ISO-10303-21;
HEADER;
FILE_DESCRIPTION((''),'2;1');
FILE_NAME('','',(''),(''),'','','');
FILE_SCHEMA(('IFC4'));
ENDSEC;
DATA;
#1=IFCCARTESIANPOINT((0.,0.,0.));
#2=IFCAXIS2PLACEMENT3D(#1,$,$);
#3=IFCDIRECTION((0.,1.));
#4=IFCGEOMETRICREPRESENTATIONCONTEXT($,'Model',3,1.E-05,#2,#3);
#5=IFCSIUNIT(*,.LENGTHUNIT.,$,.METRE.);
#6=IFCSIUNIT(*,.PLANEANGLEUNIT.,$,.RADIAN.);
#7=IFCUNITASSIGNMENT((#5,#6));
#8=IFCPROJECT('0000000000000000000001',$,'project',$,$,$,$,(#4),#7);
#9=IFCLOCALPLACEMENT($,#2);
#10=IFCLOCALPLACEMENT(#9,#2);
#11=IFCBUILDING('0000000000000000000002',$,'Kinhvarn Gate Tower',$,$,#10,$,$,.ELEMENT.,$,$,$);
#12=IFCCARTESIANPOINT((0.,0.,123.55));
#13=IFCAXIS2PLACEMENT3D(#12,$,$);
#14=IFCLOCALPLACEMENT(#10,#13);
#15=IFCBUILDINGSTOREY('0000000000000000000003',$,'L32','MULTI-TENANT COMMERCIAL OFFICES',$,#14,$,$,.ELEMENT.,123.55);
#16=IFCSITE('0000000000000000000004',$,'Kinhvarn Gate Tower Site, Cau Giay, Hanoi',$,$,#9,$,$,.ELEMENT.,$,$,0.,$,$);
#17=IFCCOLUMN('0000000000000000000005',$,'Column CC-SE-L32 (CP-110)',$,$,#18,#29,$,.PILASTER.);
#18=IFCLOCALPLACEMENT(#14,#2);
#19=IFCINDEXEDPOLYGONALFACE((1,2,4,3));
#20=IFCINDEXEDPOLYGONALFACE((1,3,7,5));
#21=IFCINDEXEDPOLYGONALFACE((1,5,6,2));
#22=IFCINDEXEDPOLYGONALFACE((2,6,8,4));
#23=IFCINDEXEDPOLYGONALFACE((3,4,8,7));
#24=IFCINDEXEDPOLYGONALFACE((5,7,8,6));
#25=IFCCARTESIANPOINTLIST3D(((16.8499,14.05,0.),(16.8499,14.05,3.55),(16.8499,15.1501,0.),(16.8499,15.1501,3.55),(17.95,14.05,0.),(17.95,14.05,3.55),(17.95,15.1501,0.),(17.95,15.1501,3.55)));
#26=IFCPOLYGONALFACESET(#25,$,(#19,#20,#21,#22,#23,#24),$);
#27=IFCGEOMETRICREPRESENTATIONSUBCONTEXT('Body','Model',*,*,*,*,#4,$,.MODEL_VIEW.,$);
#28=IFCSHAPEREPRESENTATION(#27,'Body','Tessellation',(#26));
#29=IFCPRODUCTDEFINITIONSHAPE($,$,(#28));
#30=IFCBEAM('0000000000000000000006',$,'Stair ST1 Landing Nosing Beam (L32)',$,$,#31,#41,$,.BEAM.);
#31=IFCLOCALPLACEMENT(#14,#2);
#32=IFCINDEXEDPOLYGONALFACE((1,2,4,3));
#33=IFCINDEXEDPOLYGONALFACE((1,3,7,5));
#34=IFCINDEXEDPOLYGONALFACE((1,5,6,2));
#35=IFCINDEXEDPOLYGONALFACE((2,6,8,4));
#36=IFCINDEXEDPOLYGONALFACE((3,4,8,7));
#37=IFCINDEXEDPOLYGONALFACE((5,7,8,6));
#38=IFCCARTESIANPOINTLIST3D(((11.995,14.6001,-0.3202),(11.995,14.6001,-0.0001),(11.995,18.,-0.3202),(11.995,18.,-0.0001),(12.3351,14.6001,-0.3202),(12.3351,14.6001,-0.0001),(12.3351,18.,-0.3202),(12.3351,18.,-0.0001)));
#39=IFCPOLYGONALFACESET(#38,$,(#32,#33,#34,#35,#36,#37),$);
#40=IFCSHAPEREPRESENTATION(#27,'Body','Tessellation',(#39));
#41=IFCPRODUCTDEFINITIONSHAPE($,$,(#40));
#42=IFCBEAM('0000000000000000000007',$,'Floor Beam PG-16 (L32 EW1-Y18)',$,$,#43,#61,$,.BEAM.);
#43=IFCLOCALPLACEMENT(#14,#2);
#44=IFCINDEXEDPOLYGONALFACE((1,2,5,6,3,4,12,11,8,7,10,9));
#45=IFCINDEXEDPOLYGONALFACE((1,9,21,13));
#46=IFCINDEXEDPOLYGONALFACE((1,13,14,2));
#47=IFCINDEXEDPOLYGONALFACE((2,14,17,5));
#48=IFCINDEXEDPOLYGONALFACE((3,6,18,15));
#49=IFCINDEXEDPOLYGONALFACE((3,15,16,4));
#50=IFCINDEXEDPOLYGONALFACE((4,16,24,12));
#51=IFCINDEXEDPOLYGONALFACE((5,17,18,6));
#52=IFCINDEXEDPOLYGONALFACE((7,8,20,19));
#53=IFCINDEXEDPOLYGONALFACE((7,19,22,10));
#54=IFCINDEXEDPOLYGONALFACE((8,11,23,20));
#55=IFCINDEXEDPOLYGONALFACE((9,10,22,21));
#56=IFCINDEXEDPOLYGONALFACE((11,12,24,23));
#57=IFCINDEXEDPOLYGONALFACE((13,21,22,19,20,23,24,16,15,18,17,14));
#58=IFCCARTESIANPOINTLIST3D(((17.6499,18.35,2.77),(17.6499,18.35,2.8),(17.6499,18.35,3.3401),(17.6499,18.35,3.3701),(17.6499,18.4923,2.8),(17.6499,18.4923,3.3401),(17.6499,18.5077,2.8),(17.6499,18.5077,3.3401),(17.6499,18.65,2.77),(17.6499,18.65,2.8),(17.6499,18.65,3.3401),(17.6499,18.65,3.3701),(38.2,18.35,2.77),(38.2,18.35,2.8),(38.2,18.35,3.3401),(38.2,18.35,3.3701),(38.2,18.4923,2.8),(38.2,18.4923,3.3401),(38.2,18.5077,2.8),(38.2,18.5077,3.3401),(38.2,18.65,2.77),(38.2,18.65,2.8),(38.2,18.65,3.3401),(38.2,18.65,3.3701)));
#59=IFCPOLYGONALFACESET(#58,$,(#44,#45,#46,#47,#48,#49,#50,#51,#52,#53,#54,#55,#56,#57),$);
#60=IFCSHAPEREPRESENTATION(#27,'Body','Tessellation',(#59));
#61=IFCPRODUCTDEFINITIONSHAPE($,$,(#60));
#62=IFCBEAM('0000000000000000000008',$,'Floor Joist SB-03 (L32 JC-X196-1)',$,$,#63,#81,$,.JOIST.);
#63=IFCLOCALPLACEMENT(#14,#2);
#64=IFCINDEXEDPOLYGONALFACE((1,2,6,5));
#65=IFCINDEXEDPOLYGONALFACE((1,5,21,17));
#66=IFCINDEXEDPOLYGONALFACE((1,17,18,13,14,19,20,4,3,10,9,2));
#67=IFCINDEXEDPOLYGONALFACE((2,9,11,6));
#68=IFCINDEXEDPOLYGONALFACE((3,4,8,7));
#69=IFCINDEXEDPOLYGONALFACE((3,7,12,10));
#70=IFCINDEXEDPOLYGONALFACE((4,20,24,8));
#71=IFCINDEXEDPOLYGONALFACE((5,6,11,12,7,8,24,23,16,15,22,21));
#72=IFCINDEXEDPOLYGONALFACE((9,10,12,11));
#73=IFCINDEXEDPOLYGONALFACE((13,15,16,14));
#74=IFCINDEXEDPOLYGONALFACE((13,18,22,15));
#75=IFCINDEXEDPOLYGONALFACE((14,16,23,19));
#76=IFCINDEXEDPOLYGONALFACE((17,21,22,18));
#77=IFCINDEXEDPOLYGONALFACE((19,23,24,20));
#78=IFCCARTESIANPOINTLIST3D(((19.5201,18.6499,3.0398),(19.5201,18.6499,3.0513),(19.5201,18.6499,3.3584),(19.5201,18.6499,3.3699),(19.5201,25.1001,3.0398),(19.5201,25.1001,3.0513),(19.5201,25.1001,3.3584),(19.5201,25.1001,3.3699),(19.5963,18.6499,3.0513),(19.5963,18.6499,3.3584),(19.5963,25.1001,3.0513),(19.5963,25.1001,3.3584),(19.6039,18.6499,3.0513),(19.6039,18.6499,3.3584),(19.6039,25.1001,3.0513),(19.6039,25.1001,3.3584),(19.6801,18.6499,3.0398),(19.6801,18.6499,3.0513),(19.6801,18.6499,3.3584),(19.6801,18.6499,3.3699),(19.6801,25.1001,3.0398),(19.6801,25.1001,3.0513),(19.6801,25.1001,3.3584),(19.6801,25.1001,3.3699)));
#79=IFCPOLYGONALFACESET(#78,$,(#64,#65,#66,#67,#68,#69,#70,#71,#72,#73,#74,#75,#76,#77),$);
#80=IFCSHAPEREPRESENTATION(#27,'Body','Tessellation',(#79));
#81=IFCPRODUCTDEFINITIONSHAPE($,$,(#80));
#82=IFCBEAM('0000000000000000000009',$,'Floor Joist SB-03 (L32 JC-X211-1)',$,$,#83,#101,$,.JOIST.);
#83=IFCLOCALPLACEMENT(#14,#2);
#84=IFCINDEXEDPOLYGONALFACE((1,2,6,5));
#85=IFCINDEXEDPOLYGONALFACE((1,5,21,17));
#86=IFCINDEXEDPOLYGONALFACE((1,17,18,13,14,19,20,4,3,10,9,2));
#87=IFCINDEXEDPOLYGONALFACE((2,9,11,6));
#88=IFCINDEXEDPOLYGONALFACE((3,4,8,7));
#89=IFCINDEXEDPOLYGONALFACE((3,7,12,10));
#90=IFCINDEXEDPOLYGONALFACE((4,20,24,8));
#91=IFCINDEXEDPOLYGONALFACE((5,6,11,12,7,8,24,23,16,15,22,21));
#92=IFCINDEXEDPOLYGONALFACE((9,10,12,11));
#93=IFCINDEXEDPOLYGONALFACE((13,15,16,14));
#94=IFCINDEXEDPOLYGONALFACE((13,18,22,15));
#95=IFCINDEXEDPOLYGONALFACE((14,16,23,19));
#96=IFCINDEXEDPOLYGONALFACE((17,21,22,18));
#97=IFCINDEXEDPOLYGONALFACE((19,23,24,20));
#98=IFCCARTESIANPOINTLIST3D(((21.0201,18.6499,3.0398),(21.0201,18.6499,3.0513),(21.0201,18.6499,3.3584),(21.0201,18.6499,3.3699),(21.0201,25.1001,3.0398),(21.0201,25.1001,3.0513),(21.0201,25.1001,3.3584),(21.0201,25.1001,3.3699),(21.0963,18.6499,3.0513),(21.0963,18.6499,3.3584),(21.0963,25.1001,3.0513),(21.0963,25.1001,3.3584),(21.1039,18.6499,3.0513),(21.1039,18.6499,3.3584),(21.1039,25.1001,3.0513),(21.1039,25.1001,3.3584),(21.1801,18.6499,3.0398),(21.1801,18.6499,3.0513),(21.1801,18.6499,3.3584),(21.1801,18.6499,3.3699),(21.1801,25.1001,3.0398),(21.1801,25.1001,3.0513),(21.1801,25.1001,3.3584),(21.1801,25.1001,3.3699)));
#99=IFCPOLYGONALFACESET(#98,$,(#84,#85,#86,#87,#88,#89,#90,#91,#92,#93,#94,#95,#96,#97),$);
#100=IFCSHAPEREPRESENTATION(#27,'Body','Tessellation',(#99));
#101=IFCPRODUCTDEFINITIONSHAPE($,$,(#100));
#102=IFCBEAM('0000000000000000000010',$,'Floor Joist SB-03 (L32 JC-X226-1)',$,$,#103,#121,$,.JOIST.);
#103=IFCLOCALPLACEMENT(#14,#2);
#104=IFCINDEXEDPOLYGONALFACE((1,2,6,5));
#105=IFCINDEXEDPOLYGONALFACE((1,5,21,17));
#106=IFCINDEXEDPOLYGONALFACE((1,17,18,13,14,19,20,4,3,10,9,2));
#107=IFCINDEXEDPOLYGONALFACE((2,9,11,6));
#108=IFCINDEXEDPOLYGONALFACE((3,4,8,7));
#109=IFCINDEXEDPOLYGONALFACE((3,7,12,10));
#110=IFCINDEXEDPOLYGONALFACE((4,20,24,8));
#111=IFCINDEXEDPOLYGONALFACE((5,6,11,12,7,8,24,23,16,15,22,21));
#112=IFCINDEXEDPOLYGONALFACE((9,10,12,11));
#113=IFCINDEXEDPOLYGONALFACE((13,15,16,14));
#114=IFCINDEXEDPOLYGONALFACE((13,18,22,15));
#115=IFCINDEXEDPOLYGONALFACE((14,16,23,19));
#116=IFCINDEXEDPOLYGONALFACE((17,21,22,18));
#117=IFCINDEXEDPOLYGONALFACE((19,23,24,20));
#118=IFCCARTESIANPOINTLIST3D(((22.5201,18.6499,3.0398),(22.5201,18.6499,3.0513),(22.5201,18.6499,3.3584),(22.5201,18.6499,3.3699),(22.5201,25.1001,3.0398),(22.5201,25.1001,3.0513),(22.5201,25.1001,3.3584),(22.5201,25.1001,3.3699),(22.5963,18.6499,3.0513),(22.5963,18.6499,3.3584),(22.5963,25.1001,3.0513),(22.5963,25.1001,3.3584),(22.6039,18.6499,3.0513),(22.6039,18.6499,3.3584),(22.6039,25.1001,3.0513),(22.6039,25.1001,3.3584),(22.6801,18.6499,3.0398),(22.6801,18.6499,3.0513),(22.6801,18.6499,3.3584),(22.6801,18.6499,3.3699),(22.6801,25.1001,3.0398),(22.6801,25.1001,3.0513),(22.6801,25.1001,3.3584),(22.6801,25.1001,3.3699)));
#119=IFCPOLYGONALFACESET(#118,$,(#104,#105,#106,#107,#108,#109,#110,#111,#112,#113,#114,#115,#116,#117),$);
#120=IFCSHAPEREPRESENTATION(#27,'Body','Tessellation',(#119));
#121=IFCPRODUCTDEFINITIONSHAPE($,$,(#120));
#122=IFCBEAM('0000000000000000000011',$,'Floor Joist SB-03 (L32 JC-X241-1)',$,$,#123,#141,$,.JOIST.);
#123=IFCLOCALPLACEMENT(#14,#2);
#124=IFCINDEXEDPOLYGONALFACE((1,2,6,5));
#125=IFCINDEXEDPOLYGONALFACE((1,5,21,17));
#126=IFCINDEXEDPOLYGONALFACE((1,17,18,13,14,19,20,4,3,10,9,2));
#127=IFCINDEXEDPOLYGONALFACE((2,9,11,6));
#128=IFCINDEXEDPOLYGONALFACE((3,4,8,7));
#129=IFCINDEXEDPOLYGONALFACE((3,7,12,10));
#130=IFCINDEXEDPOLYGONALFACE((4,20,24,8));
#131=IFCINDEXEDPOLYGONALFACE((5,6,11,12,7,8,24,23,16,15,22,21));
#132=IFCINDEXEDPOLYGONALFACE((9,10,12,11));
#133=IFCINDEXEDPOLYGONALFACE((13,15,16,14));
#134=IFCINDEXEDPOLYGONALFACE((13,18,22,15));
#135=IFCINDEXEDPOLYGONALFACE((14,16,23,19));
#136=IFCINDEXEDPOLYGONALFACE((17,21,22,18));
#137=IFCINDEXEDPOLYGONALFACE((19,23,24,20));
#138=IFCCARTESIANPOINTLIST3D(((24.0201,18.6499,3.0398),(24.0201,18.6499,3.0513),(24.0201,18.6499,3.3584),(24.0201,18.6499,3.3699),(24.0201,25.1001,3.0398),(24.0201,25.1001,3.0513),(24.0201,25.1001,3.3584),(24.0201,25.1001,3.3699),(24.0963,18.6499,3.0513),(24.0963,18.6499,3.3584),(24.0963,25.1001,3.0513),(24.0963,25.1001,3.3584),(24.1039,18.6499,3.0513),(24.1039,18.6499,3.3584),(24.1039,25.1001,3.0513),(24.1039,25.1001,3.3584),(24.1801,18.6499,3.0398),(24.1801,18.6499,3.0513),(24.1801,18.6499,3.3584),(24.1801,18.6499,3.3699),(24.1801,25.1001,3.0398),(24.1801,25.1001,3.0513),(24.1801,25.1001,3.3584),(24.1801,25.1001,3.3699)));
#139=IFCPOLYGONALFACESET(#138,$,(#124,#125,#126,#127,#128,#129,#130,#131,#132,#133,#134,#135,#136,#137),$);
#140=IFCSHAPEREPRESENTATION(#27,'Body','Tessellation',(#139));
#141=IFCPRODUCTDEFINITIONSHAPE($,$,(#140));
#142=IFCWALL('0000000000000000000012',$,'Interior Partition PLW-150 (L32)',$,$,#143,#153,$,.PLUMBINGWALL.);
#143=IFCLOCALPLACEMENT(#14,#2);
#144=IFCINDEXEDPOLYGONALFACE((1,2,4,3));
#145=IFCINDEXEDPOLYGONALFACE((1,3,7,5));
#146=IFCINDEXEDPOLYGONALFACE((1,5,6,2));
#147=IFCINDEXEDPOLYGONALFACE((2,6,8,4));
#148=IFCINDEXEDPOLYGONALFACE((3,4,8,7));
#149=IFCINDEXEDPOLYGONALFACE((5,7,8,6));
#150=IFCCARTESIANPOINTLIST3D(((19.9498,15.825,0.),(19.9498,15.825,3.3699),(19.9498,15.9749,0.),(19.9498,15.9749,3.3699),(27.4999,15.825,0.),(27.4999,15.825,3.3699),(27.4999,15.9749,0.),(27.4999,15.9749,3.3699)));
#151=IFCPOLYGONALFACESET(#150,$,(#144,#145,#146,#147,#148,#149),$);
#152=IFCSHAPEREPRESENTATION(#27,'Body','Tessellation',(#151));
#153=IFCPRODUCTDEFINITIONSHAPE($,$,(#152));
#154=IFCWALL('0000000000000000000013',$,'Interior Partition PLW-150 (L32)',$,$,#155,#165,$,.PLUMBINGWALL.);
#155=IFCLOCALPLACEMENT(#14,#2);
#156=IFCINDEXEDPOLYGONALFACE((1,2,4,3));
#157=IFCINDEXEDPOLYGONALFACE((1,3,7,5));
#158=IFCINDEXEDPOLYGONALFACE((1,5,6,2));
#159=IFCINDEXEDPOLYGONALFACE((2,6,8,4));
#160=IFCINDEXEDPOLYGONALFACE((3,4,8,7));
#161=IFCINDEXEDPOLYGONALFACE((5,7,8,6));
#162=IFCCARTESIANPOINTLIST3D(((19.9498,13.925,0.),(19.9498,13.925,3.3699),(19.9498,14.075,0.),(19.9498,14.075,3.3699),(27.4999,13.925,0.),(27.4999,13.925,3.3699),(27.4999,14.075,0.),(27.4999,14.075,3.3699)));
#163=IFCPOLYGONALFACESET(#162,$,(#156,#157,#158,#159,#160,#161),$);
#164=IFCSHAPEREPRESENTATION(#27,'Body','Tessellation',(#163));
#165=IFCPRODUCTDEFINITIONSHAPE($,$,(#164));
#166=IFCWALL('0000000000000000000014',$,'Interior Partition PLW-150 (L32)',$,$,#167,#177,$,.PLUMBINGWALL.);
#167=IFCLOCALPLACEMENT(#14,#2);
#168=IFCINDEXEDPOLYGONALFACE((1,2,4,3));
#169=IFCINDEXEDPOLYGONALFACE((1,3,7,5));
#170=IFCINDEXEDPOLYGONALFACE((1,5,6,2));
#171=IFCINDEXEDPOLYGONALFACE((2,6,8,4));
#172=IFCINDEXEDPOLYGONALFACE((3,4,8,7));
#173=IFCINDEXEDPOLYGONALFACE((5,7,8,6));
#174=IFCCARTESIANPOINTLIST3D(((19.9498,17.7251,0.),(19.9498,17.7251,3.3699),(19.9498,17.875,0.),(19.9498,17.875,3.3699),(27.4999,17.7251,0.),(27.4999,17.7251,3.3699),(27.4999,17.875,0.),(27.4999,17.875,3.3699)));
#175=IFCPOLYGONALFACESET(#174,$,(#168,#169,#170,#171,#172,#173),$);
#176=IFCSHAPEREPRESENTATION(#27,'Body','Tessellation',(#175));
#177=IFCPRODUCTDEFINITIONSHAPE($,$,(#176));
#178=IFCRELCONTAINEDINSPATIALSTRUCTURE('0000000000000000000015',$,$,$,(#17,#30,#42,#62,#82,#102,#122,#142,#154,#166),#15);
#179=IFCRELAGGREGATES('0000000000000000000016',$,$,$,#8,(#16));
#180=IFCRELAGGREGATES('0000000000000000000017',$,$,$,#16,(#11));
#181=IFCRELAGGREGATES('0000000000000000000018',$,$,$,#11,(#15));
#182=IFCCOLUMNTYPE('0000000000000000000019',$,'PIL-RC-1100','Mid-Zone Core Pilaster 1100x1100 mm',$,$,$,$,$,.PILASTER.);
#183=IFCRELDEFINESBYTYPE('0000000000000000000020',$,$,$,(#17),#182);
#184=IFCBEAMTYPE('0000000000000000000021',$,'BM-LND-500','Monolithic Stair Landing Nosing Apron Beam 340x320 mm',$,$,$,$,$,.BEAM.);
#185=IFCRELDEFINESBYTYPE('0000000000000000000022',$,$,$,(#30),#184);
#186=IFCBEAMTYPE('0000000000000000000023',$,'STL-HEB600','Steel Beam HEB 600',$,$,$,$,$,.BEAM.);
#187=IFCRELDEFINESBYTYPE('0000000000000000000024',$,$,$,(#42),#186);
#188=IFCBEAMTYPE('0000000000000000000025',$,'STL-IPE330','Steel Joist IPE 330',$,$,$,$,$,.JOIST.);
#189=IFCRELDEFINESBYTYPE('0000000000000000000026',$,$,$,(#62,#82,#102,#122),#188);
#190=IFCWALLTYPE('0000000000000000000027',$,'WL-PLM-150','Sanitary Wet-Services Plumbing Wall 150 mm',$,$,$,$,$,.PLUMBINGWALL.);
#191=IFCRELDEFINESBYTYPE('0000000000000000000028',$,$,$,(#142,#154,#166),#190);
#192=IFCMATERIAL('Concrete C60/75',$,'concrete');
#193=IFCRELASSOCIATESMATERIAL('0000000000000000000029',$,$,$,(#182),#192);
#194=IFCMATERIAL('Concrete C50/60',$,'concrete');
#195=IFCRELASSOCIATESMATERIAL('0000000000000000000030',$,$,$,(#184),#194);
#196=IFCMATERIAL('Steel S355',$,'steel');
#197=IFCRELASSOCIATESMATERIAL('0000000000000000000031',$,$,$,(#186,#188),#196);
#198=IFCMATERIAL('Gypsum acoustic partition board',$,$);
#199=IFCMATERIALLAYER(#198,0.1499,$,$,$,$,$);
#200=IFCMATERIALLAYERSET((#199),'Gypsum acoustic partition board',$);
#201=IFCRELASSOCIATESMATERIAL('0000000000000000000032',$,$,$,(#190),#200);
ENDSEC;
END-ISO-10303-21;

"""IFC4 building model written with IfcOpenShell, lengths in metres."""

from ifc_helpers import new_model, si_unit, direction, frame, frame_2d, origin, origin_2d, place, context, subcontext, project, spatial, rectangle, i_section, extrude, material, layer, layer_set, material_profile, profile_set, type_object, element, save


model = new_model("IFC4")

# Units and contexts
model_context = context("Model", 3, precision=1e-05, world=origin(), true_north=direction((0.0, 1.0)))
body_context = subcontext(model_context, "Body", "Model", "MODEL_VIEW")
ifc_project = project(units=[si_unit("LENGTHUNIT", "METRE"), si_unit("PLANEANGLEUNIT", "RADIAN")], contexts=[model_context])

# Site, building, storey
site_placement = place(None, origin())
site = spatial("IfcSite", under=ifc_project, at=site_placement, Name="Kinhvarn Gate Tower Site, Cau Giay, Hanoi", CompositionType="ELEMENT", RefElevation=0.0)
building_placement = place(site_placement, origin())
building = spatial("IfcBuilding", under=site, at=building_placement, Name="Kinhvarn Gate Tower", CompositionType="ELEMENT")
storey_placement = place(building_placement, frame((0.0, 0.0, 123.55)))
storey = spatial("IfcBuildingStorey", under=building, at=storey_placement, Name="L32", Description="MULTI-TENANT COMMERCIAL OFFICES", CompositionType="ELEMENT", Elevation=123.55)

# Column
ifc_material_1 = material(Name="Concrete C60/75", Category="concrete")
ifc_material_profile_1 = material_profile(ifc_material_1, rectangle(XDim=1.1001, YDim=1.1001, at=origin_2d()), Name="RC 1100x1100")
ifc_profile_set_1 = profile_set([ifc_material_profile_1], Name="Concrete C60/75")
column_type = type_object("IfcColumnType", Name="PIL-RC-1100", Description="Mid-Zone Core Pilaster 1100x1100 mm", PredefinedType="PILASTER", material=ifc_profile_set_1)
column_placement = place(storey_placement, frame((17.3999, 14.6001, 0.0), z_axis=(0.0, 0.0, 1.0), x_axis=(1.0, 0.0, 0.0)))
element("IfcColumn", 1, at=column_placement, inside=storey, type_object=column_type, Name="Column CC-SE-L32 (CP-110)", PredefinedType="PILASTER", context=body_context, shape_type="SweptSolid", body=[
    extrude(rectangle(XDim=1.1001, YDim=1.1001, at=origin_2d()), origin(), (0.0, 0.0, 1.0), 3.55),
])

# Beams
ifc_material_2 = material(Name="Concrete C50/60", Category="concrete")
ifc_material_profile_2 = material_profile(ifc_material_2, rectangle(XDim=0.3401, YDim=0.3201, at=origin_2d()), Name="RC 340x320")
ifc_profile_set_2 = profile_set([ifc_material_profile_2], Name="Concrete C50/60")
beam_type_1 = type_object("IfcBeamType", Name="BM-LND-500", Description="Monolithic Stair Landing Nosing Apron Beam 340x320 mm", PredefinedType="BEAM", material=ifc_profile_set_2)
beam_1_placement = place(storey_placement, frame((12.165, 14.6001, -0.1602), z_axis=(0.0, 1.0, 0.0), x_axis=(-1.0, 0.0, 0.0)))
element("IfcBeam", 2, at=beam_1_placement, inside=storey, type_object=beam_type_1, Name="Stair ST1 Landing Nosing Beam (L32)", PredefinedType="BEAM", context=body_context, shape_type="SweptSolid", body=[
    extrude(rectangle(XDim=0.3401, YDim=0.3201, at=origin_2d()), origin(), (0.0, 0.0, 1.0), 3.3999),
])
ifc_material_3 = material(Name="Steel S355", Category="steel")
ifc_material_profile_3 = material_profile(ifc_material_3, i_section(OverallWidth=0.3, OverallDepth=0.6001, WebThickness=0.0154, FlangeThickness=0.03, at=origin_2d()), Name="HEB 600")
ifc_profile_set_3 = profile_set([ifc_material_profile_3], Name="Steel S355")
beam_type_2 = type_object("IfcBeamType", Name="STL-HEB600", Description="Steel Beam HEB 600", PredefinedType="BEAM", material=ifc_profile_set_3)
beam_2_placement = place(storey_placement, frame((17.6499, 18.5, 3.0701), z_axis=(1.0, 0.0, 0.0), x_axis=(0.0, 1.0, 0.0)))
element("IfcBeam", 3, at=beam_2_placement, inside=storey, type_object=beam_type_2, Name="Floor Beam PG-16 (L32 EW1-Y18)", PredefinedType="BEAM", context=body_context, shape_type="SweptSolid", body=[
    extrude(i_section(OverallWidth=0.3, OverallDepth=0.6001, WebThickness=0.0154, FlangeThickness=0.03, at=origin_2d()), origin(), (0.0, 0.0, 1.0), 20.55),
])
ifc_material_profile_4 = material_profile(ifc_material_3, i_section(OverallWidth=0.1599, OverallDepth=0.3301, WebThickness=0.0076, FlangeThickness=0.0115, at=origin_2d()), Name="IPE 330")
ifc_profile_set_4 = profile_set([ifc_material_profile_4], Name="Steel S355")
beam_type_3 = type_object("IfcBeamType", Name="STL-IPE330", Description="Steel Joist IPE 330", PredefinedType="JOIST", material=ifc_profile_set_4)
for number, where, z_axis, x_axis, name in (
    (4, (19.6001, 18.6499, 3.2048), (0.0, 1.0, 0.0), (-1.0, 0.0, 0.0), "Floor Joist SB-03 (L32 JC-X196-1)"),
    (5, (21.1001, 18.6499, 3.2048), (0.0, 1.0, 0.0), (-1.0, 0.0, 0.0), "Floor Joist SB-03 (L32 JC-X211-1)"),
    (6, (22.6001, 18.6499, 3.2048), (0.0, 1.0, 0.0), (-1.0, 0.0, 0.0), "Floor Joist SB-03 (L32 JC-X226-1)"),
    (7, (24.1001, 18.6499, 3.2048), (0.0, 1.0, 0.0), (-1.0, 0.0, 0.0), "Floor Joist SB-03 (L32 JC-X241-1)"),
):
    element("IfcBeam", number, at=place(storey_placement, frame(where, z_axis=z_axis, x_axis=x_axis)), inside=storey, type_object=beam_type_3, Name=name, PredefinedType="JOIST", context=body_context, shape_type="SweptSolid", body=[
        extrude(i_section(OverallWidth=0.1599, OverallDepth=0.3301, WebThickness=0.0076, FlangeThickness=0.0115, at=origin_2d()), origin(), (0.0, 0.0, 1.0), 6.4502),
    ])

# Walls
ifc_material_4 = material(Name="Gypsum acoustic partition board")
ifc_layer_1 = layer(ifc_material_4, 0.1499)
ifc_layer_set_1 = layer_set([ifc_layer_1], Name="Gypsum acoustic partition board")
wall_type_1 = type_object("IfcWallType", Name="WL-PLM-150", Description="Sanitary Wet-Services Plumbing Wall 150 mm", PredefinedType="PLUMBINGWALL", material=ifc_layer_set_1)
for number, where, z_axis, x_axis, name in (
    (8, (19.95, 15.8999, 0.0), (0.0, 0.0, 1.0), (1.0, 0.0, 0.0), "Interior Partition PLW-150 (L32)"),
    (9, (19.95, 14.0, 0.0), (0.0, 0.0, 1.0), (1.0, 0.0, 0.0), "Interior Partition PLW-150 (L32)"),
    (10, (19.95, 17.8, 0.0), (0.0, 0.0, 1.0), (1.0, 0.0, 0.0), "Interior Partition PLW-150 (L32)"),
):
    element("IfcWall", number, at=place(storey_placement, frame(where, z_axis=z_axis, x_axis=x_axis)), inside=storey, type_object=wall_type_1, Name=name, PredefinedType="PLUMBINGWALL", context=body_context, shape_type="SweptSolid", body=[
        extrude(rectangle(XDim=7.55, YDim=0.1499, at=frame_2d((3.7749, 0.0))), origin(), (0.0, 0.0, 1.0), 3.3699),
    ])

save(model, "model.ifc")
